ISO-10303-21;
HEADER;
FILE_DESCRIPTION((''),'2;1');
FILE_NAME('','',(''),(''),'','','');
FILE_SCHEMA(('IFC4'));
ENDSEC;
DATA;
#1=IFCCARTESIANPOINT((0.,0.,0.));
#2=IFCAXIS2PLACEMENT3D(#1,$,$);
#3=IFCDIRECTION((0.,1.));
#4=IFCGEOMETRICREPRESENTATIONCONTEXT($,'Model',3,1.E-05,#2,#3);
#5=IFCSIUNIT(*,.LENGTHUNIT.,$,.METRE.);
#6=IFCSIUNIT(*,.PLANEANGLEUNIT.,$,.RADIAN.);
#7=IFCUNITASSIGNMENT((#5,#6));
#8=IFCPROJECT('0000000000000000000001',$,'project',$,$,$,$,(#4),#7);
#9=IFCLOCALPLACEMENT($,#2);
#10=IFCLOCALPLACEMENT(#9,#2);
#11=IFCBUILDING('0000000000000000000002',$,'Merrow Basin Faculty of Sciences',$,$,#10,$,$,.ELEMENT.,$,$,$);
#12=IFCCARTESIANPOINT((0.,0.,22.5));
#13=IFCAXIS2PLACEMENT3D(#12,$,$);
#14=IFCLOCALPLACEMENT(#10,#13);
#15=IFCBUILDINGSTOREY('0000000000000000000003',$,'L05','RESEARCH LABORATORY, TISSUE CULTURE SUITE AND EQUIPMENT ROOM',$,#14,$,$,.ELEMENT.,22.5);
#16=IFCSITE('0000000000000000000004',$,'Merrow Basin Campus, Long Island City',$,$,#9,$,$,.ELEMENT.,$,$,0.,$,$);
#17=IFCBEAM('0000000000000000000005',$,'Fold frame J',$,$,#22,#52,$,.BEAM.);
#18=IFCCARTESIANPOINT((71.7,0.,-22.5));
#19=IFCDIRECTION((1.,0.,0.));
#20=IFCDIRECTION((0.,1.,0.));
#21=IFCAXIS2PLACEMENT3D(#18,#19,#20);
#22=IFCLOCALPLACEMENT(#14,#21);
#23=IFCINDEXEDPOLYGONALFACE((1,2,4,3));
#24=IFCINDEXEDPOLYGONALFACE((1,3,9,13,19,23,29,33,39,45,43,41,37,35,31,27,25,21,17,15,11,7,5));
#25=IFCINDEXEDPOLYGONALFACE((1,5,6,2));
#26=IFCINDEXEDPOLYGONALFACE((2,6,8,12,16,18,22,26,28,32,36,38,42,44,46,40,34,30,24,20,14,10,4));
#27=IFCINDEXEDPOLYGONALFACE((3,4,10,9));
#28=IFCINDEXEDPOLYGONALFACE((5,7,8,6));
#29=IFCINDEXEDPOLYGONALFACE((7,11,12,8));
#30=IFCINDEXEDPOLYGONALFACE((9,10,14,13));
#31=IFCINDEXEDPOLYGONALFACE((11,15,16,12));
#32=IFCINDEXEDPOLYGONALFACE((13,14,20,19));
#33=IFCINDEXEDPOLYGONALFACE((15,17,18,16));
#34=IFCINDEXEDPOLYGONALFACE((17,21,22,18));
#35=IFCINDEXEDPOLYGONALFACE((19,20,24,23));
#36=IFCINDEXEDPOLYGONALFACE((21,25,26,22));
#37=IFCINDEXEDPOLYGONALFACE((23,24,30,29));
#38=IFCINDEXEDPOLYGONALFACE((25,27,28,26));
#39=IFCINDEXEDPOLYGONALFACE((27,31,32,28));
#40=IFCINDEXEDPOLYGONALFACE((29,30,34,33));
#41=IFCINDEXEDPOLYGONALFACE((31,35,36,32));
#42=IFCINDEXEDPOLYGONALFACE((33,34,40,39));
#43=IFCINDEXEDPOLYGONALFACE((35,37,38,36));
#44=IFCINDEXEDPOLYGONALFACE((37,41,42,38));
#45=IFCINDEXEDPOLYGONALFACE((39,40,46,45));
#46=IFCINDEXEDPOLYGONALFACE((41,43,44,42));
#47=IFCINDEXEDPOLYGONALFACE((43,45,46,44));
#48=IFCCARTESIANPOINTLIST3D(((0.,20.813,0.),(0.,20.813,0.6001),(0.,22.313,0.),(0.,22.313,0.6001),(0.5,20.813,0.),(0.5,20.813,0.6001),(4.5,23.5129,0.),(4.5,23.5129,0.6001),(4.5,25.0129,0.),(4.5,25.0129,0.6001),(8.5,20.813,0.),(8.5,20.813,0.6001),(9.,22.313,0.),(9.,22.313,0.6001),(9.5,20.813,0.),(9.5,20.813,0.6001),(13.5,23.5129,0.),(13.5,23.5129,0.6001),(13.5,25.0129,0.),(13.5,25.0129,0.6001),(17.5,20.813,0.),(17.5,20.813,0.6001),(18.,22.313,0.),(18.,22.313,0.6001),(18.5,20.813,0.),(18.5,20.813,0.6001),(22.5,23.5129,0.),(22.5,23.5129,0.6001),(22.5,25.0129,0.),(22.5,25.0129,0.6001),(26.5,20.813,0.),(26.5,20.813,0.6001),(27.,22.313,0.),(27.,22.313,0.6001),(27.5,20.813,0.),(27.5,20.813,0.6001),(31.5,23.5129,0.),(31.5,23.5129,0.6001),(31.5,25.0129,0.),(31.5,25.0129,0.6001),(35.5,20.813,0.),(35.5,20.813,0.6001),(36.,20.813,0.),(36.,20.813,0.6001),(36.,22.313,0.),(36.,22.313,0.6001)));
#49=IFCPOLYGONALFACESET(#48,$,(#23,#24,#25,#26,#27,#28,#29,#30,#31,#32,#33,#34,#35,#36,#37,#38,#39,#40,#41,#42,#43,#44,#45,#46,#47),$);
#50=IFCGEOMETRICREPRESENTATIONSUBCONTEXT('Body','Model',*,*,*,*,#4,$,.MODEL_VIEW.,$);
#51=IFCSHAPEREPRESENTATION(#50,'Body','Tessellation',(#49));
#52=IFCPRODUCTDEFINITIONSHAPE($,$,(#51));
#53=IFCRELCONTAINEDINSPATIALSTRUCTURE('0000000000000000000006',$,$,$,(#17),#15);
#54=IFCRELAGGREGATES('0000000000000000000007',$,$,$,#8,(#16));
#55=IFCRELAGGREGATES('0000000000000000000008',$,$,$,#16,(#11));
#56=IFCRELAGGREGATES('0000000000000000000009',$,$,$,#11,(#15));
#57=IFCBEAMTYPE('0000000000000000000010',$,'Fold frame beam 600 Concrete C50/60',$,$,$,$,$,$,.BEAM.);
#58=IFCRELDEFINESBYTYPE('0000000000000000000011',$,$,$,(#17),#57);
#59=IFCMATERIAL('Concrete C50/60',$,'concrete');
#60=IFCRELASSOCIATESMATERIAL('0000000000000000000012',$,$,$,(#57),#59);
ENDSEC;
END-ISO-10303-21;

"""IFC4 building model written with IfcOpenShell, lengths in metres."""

from ifc_helpers import new_model, si_unit, direction, frame, origin, place, context, subcontext, project, spatial, polyline, outline, extrude, material, type_object, element, save


model = new_model("IFC4")

# Units and contexts
model_context = context("Model", 3, precision=1e-05, world=origin(), true_north=direction((0.0, 1.0)))
body_context = subcontext(model_context, "Body", "Model", "MODEL_VIEW")
ifc_project = project(units=[si_unit("LENGTHUNIT", "METRE"), si_unit("PLANEANGLEUNIT", "RADIAN")], contexts=[model_context])

# Site, building, storey
site_placement = place(None, origin())
site = spatial("IfcSite", under=ifc_project, at=site_placement, Name="Merrow Basin Campus, Long Island City", CompositionType="ELEMENT", RefElevation=0.0)
building_placement = place(site_placement, origin())
building = spatial("IfcBuilding", under=site, at=building_placement, Name="Merrow Basin Faculty of Sciences", CompositionType="ELEMENT")
storey_placement = place(building_placement, frame((0.0, 0.0, 22.5)))
storey = spatial("IfcBuildingStorey", under=building, at=storey_placement, Name="L05", Description="RESEARCH LABORATORY, TISSUE CULTURE SUITE AND EQUIPMENT ROOM", CompositionType="ELEMENT", Elevation=22.5)

# Beam
ifc_material_1 = material(Name="Concrete C50/60", Category="concrete")
beam_type = type_object("IfcBeamType", Name="Fold frame beam 600 Concrete C50/60", PredefinedType="BEAM", material=ifc_material_1)
beam_placement = place(storey_placement, frame((71.7, 0.0, -22.5), z_axis=(1.0, 0.0, 0.0), x_axis=(0.0, 1.0, 0.0)))
element("IfcBeam", 1, at=beam_placement, inside=storey, type_object=beam_type, Name="Fold frame J", PredefinedType="BEAM", context=body_context, shape_type="SweptSolid", body=[
    extrude(outline(polyline([(0.0, 22.313), (4.5, 25.0129), (9.0, 22.313), (13.5, 25.0129), (18.0, 22.313), (22.5, 25.0129), (27.0, 22.313), (31.5, 25.0129), (36.0, 22.313), (36.0, 20.813), (35.5, 20.813), (31.5, 23.5129), (27.5, 20.813), (26.5, 20.813), (22.5, 23.5129), (18.5, 20.813), (17.5, 20.813), (13.5, 23.5129), (9.5, 20.813), (8.5, 20.813), (4.5, 23.5129), (0.5, 20.813), (0.0, 20.813), (0.0, 22.313)])), origin(), (0.0, 0.0, 1.0), 0.6001),
])

save(model, "model.ifc")
